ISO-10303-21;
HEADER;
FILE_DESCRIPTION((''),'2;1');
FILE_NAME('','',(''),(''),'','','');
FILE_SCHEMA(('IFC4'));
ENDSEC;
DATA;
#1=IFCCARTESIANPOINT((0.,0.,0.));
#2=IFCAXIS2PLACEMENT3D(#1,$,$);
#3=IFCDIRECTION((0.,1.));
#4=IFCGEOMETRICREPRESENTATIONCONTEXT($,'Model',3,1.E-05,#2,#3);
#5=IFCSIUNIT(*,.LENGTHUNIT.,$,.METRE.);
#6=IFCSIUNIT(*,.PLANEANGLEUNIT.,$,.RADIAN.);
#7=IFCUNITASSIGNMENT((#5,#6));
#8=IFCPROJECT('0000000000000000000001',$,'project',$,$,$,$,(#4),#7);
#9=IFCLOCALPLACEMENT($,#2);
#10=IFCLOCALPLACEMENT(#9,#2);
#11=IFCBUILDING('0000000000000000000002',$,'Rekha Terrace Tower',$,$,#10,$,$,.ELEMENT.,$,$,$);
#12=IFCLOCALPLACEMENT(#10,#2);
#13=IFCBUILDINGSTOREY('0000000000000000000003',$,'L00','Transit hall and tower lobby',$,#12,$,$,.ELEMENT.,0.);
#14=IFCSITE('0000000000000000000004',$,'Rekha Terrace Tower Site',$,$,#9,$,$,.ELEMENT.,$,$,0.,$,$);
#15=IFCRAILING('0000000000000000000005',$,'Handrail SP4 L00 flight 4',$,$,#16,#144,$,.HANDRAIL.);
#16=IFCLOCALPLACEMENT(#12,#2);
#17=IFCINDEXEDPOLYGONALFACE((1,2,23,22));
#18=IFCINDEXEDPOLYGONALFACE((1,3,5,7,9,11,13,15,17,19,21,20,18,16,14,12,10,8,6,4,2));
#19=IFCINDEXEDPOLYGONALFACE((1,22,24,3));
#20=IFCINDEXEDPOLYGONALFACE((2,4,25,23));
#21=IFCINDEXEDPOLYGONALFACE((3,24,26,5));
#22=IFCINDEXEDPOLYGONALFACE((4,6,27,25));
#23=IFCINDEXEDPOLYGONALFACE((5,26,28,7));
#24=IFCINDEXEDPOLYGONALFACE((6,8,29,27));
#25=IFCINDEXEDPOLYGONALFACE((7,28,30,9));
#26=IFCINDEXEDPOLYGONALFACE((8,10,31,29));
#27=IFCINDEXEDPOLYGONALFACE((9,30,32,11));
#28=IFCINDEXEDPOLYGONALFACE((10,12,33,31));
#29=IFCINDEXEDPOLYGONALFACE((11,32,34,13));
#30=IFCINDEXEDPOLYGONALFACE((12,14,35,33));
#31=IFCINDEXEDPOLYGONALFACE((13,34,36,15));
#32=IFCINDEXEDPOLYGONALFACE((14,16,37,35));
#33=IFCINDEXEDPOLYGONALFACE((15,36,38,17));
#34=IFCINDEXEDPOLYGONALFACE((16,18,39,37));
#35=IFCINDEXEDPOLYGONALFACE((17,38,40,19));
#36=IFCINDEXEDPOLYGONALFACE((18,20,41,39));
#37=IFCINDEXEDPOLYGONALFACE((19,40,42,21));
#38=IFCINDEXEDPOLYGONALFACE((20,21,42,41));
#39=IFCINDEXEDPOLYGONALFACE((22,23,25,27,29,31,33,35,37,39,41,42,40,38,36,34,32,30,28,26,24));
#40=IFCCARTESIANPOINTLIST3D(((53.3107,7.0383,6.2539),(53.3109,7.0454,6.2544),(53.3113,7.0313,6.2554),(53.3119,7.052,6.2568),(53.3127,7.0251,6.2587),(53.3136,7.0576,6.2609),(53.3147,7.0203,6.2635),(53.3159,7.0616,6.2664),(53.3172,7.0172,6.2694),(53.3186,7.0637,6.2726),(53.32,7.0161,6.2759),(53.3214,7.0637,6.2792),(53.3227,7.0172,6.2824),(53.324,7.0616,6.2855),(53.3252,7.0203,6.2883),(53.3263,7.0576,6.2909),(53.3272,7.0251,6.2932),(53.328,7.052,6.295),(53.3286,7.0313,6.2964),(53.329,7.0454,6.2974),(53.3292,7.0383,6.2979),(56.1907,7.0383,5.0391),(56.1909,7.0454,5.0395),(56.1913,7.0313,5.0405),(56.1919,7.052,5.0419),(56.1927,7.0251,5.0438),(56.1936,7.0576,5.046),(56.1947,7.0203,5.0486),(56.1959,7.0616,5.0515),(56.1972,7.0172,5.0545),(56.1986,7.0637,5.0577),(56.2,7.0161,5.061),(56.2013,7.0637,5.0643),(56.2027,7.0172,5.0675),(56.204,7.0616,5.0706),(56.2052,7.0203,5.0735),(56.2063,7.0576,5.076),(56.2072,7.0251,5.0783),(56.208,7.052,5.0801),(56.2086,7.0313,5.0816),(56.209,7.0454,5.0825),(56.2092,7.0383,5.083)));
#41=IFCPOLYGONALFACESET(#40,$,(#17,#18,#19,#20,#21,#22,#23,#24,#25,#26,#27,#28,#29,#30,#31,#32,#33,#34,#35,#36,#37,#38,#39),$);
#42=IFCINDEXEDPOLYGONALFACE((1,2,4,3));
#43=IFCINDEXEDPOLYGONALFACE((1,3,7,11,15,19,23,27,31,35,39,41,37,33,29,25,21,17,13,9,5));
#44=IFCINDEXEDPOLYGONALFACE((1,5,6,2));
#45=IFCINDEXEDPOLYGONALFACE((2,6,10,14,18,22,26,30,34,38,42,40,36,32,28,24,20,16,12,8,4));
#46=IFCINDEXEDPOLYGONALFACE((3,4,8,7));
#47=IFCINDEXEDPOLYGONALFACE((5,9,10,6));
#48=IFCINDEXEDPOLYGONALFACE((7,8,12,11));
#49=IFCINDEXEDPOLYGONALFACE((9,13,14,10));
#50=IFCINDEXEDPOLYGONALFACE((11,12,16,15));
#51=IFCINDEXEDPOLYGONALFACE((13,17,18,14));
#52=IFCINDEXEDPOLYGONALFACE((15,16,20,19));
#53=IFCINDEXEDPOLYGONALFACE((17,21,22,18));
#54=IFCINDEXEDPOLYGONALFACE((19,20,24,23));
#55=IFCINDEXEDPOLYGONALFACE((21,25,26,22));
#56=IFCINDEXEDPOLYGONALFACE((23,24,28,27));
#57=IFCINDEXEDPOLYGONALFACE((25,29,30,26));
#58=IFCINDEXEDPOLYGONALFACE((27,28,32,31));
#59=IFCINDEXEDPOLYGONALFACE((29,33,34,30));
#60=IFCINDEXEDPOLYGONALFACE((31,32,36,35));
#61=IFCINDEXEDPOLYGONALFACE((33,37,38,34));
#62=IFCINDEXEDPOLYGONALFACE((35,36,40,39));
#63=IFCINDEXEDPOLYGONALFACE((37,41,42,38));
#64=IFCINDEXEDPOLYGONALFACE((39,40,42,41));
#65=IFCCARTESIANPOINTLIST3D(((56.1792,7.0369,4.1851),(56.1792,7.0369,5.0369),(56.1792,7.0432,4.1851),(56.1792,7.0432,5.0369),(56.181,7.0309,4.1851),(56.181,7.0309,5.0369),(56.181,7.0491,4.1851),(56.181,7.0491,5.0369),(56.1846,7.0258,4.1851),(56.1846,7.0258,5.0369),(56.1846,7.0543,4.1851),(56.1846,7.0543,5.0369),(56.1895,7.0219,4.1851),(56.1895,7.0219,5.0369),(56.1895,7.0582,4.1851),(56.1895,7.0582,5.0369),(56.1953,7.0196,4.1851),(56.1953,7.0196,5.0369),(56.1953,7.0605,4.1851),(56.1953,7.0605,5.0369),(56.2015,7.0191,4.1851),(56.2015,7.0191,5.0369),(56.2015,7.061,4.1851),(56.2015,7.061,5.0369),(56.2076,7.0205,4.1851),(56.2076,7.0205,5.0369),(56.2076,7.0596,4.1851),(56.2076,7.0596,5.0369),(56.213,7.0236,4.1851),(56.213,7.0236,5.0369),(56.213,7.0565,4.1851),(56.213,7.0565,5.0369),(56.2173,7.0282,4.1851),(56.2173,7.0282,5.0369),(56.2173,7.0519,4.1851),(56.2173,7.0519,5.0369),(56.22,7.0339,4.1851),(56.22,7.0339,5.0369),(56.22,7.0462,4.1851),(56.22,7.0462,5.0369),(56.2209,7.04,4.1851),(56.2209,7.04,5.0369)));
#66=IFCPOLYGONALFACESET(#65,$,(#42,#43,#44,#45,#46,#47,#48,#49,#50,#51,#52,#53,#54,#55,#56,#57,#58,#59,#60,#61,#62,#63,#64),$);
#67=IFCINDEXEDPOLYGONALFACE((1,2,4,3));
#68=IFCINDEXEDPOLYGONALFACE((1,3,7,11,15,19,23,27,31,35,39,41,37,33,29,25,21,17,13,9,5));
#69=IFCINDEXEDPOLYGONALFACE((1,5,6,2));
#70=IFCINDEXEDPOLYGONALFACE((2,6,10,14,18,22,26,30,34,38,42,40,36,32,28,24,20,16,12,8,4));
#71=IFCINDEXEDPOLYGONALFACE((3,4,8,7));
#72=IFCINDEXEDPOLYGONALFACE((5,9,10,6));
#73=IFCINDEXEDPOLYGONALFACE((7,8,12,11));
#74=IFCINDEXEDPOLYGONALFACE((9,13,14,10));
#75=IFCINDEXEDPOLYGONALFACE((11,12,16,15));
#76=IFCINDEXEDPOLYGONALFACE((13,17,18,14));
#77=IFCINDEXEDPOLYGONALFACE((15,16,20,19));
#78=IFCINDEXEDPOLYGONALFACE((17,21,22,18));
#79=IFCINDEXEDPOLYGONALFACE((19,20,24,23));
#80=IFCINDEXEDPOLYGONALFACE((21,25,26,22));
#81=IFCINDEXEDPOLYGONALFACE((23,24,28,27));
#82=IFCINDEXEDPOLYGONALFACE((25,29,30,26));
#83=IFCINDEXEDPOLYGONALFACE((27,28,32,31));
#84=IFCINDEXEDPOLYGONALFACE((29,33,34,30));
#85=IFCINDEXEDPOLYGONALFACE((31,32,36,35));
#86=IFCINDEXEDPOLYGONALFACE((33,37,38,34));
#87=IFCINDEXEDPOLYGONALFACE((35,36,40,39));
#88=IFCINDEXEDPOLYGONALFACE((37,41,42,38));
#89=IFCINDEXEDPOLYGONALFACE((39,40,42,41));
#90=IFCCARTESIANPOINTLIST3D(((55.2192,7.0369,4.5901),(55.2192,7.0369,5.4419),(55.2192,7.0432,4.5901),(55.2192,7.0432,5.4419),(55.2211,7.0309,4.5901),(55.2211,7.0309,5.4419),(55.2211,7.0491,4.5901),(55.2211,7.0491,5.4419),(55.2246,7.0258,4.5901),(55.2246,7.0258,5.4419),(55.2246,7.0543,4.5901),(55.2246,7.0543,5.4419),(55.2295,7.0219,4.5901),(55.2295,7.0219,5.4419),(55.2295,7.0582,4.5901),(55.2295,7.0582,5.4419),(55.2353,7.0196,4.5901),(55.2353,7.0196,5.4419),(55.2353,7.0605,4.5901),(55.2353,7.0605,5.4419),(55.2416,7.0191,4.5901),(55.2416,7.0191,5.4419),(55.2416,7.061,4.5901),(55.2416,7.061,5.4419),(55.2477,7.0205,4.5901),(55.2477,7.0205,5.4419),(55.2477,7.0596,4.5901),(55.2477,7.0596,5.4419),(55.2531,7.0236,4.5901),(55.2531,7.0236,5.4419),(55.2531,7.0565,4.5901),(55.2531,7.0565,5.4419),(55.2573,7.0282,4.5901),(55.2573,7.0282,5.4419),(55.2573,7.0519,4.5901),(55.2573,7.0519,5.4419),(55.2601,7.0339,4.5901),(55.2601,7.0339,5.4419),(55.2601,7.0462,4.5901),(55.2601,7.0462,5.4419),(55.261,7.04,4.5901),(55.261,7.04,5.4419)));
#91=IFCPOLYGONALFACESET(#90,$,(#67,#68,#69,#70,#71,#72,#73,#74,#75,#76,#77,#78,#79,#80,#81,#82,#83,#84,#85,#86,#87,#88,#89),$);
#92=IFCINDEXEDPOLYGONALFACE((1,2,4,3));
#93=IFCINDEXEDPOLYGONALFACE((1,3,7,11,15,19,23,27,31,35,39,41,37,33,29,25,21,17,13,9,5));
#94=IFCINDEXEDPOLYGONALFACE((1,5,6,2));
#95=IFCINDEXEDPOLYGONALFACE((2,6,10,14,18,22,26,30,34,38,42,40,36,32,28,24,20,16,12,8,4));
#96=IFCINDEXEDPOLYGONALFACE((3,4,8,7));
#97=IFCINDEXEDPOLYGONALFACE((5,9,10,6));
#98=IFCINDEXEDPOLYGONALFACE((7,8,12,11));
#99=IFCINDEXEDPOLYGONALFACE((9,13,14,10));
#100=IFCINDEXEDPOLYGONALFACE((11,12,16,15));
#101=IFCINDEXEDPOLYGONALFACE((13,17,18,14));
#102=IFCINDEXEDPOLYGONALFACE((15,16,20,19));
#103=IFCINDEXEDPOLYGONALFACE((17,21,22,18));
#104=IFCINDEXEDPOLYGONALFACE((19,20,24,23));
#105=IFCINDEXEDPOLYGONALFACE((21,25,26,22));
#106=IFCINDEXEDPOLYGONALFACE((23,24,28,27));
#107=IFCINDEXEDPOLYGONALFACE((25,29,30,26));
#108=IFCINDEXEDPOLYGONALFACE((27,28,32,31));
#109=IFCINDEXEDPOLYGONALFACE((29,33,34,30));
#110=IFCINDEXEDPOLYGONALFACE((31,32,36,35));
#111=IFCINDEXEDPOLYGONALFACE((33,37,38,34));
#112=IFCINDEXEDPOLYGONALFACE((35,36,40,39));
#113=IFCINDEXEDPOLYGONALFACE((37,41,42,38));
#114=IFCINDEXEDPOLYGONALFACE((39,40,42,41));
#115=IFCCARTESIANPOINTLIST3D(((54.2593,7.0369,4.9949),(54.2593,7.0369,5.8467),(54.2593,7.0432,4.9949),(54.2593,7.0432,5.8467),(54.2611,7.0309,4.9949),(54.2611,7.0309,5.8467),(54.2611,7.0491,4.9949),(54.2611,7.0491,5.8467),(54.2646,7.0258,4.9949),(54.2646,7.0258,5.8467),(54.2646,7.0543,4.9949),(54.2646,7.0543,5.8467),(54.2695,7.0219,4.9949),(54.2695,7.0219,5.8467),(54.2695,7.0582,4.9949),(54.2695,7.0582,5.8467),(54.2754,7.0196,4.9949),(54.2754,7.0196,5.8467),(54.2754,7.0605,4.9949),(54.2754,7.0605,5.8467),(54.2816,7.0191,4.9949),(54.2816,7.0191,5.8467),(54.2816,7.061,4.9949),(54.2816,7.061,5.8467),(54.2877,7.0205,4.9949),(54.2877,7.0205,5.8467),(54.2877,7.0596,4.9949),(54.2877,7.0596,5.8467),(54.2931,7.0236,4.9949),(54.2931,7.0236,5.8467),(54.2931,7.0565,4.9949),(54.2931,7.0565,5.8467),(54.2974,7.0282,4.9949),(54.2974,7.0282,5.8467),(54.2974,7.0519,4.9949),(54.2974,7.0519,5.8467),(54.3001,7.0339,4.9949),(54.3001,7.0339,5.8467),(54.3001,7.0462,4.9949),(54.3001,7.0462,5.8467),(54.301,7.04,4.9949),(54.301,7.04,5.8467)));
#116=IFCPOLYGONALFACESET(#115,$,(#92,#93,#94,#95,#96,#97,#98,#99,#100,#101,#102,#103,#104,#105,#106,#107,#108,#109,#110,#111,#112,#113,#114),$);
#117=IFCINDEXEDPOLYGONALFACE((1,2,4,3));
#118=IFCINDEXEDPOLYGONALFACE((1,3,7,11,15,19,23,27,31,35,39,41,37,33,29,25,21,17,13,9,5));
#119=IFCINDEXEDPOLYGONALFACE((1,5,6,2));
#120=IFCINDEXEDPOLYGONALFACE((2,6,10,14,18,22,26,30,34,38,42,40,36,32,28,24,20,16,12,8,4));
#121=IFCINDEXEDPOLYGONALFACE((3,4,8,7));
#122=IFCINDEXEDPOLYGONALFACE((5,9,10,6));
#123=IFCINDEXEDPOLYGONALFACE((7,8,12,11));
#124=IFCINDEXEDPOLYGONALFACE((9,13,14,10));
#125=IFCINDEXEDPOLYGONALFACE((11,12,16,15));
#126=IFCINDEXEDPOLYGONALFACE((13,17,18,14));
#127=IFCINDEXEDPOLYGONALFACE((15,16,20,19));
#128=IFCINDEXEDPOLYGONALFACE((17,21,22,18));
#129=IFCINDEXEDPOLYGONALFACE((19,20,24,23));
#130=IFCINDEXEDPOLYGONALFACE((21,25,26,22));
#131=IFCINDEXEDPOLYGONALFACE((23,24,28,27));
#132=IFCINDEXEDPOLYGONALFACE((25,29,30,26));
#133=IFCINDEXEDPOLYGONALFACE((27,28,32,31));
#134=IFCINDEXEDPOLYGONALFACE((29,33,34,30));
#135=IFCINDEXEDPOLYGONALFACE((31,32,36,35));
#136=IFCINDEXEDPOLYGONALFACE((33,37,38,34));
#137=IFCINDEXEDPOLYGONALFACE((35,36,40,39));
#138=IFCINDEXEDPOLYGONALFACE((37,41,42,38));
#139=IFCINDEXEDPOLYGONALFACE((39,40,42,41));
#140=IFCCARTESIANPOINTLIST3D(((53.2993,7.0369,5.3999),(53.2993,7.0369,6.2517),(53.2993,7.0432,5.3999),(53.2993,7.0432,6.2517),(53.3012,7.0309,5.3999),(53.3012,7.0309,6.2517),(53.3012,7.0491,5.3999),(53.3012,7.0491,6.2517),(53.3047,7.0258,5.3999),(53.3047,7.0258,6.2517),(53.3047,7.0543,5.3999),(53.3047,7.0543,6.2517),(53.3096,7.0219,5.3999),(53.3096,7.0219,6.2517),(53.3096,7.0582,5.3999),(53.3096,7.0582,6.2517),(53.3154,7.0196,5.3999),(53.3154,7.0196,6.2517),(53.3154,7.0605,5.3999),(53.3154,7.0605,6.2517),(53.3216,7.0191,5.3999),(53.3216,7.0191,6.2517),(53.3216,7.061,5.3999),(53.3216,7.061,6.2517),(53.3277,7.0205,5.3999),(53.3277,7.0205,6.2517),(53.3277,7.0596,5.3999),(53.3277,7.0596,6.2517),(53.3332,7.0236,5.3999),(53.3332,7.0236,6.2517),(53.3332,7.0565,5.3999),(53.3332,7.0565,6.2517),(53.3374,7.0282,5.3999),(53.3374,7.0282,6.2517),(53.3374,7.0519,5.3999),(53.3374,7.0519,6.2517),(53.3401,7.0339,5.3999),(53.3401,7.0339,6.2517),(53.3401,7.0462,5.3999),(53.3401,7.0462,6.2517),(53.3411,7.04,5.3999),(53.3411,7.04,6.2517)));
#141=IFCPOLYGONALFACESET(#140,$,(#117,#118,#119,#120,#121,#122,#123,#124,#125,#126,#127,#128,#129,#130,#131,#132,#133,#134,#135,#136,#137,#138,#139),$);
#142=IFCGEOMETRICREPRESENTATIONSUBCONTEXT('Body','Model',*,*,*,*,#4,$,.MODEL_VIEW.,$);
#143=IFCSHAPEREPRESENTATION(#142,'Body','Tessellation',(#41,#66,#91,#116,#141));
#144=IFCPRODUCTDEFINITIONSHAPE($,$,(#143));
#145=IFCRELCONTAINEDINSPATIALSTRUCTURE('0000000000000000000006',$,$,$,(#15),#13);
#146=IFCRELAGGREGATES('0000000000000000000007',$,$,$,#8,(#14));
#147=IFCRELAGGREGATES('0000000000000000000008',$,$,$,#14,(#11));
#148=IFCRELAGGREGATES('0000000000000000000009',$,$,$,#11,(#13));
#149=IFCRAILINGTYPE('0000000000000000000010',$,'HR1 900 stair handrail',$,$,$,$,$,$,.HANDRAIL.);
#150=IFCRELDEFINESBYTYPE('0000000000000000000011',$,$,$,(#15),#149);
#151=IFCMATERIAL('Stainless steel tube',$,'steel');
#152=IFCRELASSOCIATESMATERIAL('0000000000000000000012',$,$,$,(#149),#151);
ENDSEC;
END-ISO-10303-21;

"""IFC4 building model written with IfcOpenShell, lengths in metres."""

from ifc_helpers import new_model, si_unit, direction, frame, origin, origin_2d, place, context, subcontext, project, spatial, circle, extrude, material, type_object, element, save


model = new_model("IFC4")

# Units and contexts
model_context = context("Model", 3, precision=1e-05, world=origin(), true_north=direction((0.0, 1.0)))
body_context = subcontext(model_context, "Body", "Model", "MODEL_VIEW")
ifc_project = project(units=[si_unit("LENGTHUNIT", "METRE"), si_unit("PLANEANGLEUNIT", "RADIAN")], contexts=[model_context])

# Site, building, storey
site_placement = place(None, origin())
site = spatial("IfcSite", under=ifc_project, at=site_placement, Name="Rekha Terrace Tower Site", CompositionType="ELEMENT", RefElevation=0.0)
building_placement = place(site_placement, origin())
building = spatial("IfcBuilding", under=site, at=building_placement, Name="Rekha Terrace Tower", CompositionType="ELEMENT")
storey_placement = place(building_placement, origin())
storey = spatial("IfcBuildingStorey", under=building, at=storey_placement, Name="L00", Description="Transit hall and tower lobby", CompositionType="ELEMENT", Elevation=0.0)

# Railing
ifc_material_1 = material(Name="Stainless steel tube", Category="steel")
railing_type_1 = type_object("IfcRailingType", Name="HR1 900 stair handrail", PredefinedType="HANDRAIL", material=ifc_material_1)
railing_1_placement = place(storey_placement, frame((56.2, 7.04, 4.1851)))
element("IfcRailing", 1, at=railing_1_placement, inside=storey, type_object=railing_type_1, Name="Handrail SP4 L00 flight 4", PredefinedType="HANDRAIL", context=body_context, shape_type="SweptSolid", body=[
    extrude(circle(Radius=0.0239, at=origin_2d()), frame((0.0, 0.0, 0.876), z_axis=(-0.921376, 0.0, 0.388671), x_axis=(0.0, -1.0, 0.0)), (0.0, 0.0, 1.0), 3.1257),
    extrude(circle(Radius=0.021, at=origin_2d()), origin(), (0.0, 0.0, 1.0), 0.8518),
    extrude(circle(Radius=0.021, at=origin_2d()), frame((-0.96, 0.0, 0.405)), (0.0, 0.0, 1.0), 0.8518),
    extrude(circle(Radius=0.021, at=origin_2d()), frame((-1.9199, 0.0, 0.8098)), (0.0, 0.0, 1.0), 0.8518),
    extrude(circle(Radius=0.021, at=origin_2d()), frame((-2.8799, 0.0, 1.2148)), (0.0, 0.0, 1.0), 0.8518),
])

save(model, "model.ifc")
